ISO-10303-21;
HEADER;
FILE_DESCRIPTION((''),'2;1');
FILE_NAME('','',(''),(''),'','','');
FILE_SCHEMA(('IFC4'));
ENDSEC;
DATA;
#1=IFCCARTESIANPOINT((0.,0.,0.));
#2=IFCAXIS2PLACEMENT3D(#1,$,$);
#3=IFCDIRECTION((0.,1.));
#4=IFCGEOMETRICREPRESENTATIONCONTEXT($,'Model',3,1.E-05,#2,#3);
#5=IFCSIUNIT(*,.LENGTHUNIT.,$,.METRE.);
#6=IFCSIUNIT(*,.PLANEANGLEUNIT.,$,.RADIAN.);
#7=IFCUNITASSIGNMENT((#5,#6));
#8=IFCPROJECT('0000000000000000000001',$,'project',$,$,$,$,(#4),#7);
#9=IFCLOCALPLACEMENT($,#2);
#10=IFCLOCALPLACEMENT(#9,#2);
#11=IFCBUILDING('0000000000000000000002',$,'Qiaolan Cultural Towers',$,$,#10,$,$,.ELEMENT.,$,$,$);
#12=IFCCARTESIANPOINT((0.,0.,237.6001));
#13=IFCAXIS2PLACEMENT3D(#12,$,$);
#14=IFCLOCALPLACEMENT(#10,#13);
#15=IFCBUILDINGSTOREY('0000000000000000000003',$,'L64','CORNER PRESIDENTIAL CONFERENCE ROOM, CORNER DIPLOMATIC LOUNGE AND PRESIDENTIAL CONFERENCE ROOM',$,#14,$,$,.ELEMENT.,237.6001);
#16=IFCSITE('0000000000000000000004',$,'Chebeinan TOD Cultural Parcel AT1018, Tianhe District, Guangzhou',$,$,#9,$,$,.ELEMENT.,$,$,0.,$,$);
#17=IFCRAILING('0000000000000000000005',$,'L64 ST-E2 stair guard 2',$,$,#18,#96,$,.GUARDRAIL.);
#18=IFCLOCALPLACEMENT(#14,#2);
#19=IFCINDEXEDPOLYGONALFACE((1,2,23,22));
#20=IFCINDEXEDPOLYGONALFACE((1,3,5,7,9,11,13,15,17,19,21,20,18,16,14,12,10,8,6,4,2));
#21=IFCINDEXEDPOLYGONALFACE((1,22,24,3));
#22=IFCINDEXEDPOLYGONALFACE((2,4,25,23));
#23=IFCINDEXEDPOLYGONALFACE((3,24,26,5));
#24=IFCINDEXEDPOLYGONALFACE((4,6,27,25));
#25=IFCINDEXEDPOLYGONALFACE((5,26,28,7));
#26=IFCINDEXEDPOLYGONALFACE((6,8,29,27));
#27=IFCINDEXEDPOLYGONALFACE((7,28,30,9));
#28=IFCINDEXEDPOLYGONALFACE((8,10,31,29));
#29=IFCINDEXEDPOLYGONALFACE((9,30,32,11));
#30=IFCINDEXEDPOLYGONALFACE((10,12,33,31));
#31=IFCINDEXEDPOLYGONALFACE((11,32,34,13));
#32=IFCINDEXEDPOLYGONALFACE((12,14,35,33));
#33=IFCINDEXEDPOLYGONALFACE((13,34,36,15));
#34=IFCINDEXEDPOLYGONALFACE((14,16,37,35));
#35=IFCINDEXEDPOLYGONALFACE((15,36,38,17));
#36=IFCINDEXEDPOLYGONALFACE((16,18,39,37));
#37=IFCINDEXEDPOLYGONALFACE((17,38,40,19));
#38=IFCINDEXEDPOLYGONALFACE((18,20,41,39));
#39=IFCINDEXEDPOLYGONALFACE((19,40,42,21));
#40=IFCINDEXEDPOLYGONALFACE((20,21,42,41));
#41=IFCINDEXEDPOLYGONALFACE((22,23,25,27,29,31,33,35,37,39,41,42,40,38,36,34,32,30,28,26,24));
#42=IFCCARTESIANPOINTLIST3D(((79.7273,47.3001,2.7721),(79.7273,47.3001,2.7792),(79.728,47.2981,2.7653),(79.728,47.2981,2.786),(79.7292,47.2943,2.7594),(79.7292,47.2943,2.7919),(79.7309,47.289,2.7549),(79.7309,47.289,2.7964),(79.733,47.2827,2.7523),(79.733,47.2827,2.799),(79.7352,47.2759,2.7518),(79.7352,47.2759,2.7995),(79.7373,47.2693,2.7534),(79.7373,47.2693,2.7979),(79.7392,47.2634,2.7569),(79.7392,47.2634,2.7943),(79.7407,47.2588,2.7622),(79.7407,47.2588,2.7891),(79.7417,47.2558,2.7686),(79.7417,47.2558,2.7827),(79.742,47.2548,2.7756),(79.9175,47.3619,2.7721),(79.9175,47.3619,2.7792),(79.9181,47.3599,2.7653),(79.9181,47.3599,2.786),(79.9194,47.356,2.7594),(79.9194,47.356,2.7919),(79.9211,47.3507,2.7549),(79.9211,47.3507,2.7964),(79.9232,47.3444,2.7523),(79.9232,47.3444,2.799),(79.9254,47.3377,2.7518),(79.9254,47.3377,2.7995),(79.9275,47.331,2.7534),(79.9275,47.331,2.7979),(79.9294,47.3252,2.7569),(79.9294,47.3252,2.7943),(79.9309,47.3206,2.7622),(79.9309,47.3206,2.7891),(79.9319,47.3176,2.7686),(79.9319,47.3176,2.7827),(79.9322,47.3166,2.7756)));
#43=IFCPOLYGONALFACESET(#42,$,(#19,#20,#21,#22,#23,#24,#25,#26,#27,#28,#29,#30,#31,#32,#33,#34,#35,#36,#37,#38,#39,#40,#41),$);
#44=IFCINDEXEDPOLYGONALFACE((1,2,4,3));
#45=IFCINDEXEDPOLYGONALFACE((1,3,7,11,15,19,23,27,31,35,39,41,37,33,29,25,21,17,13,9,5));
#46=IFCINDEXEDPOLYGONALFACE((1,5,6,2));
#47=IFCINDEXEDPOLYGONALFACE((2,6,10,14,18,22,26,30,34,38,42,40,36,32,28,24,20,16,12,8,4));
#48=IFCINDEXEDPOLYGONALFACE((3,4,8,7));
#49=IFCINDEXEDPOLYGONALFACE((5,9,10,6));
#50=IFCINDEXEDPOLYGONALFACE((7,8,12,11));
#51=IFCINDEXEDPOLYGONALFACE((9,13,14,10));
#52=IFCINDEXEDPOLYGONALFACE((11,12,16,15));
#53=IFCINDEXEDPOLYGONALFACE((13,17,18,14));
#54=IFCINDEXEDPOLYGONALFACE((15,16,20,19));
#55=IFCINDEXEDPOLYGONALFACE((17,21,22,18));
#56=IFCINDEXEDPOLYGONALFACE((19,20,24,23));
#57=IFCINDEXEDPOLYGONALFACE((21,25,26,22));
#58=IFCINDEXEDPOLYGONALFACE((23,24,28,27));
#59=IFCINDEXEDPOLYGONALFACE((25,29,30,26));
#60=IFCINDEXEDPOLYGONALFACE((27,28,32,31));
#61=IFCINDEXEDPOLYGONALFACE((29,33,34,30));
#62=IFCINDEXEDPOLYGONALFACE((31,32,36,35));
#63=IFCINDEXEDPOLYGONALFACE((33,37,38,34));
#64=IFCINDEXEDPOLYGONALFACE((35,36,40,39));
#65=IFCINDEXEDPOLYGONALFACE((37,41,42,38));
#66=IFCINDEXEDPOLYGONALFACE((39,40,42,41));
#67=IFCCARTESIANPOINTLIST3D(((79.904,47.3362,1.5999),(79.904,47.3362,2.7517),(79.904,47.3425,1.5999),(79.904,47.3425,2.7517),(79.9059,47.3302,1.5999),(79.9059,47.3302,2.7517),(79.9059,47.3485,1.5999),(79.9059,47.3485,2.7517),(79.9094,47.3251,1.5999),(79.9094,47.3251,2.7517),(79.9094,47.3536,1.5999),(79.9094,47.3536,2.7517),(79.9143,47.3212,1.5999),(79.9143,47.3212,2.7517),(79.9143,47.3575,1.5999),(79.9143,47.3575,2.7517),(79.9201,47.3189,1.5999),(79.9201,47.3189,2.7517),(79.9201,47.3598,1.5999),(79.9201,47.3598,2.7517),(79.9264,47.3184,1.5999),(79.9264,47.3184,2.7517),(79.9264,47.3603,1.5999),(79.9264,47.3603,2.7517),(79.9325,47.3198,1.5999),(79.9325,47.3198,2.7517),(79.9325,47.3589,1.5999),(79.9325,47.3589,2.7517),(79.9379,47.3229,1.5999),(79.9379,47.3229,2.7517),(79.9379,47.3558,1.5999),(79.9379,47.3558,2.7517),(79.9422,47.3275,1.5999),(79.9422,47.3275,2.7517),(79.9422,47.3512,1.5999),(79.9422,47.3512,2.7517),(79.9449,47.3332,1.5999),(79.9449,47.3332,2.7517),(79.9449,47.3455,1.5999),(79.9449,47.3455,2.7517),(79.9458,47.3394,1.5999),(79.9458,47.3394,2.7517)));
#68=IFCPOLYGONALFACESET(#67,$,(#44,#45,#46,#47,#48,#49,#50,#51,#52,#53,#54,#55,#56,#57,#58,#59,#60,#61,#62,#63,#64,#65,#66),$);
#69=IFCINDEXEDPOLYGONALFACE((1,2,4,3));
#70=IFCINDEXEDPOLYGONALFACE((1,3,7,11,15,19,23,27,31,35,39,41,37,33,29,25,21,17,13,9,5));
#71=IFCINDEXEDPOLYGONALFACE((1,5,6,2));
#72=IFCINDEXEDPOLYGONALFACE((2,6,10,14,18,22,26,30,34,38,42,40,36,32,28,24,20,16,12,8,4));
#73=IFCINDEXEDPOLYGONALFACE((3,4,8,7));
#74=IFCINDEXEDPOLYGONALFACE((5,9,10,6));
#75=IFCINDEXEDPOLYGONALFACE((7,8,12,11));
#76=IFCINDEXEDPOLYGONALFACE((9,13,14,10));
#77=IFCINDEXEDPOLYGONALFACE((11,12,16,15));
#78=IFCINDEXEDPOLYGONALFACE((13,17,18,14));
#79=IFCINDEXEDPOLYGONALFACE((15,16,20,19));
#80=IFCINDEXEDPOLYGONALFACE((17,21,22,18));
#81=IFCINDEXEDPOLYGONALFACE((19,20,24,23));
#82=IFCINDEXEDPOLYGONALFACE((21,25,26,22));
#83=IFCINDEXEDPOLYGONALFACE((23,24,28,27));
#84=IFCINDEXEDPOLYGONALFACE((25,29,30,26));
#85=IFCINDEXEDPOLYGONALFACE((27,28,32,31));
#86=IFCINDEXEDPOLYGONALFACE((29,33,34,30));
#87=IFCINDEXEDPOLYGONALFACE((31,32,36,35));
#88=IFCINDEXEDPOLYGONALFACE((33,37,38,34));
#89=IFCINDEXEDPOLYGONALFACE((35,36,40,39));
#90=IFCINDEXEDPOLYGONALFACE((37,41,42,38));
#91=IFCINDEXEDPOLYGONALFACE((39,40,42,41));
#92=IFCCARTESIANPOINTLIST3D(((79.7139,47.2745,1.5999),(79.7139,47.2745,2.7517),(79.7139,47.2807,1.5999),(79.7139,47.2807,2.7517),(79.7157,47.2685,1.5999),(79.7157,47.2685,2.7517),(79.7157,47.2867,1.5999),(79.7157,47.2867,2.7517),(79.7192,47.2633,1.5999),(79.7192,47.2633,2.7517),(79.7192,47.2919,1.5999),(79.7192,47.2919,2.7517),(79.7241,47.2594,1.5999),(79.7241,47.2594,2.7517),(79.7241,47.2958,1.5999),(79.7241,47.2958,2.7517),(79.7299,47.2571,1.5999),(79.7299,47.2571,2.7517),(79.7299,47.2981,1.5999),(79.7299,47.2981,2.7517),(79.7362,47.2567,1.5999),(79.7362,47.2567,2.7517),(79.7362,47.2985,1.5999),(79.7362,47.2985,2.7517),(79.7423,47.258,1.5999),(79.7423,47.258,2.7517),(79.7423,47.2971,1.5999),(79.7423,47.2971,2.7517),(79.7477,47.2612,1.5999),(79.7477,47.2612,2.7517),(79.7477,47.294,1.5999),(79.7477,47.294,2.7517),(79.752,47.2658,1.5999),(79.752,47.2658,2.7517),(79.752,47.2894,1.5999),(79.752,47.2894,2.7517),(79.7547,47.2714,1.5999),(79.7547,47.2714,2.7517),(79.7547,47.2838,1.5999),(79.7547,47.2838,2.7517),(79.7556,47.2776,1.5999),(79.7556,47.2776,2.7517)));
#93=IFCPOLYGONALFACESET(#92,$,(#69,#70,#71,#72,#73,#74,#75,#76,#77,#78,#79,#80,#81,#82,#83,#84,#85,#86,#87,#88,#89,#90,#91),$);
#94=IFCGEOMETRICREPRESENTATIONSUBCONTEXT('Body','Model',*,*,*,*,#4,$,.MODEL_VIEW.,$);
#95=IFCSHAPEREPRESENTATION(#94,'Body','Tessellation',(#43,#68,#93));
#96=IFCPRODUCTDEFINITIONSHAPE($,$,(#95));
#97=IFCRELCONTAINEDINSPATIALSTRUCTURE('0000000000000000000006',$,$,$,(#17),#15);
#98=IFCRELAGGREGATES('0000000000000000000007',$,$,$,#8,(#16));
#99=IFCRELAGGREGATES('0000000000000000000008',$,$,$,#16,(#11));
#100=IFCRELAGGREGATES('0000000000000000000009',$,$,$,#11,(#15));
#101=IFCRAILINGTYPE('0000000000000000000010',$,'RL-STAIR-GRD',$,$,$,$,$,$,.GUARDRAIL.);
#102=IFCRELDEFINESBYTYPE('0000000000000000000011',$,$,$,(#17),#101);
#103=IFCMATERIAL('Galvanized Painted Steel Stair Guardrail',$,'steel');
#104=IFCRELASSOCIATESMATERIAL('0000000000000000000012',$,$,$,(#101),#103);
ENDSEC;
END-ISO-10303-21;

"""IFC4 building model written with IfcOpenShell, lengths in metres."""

from ifc_helpers import new_model, si_unit, direction, frame, origin, origin_2d, place, context, subcontext, project, spatial, circle, extrude, material, type_object, element, save


model = new_model("IFC4")

# Units and contexts
model_context = context("Model", 3, precision=1e-05, world=origin(), true_north=direction((0.0, 1.0)))
body_context = subcontext(model_context, "Body", "Model", "MODEL_VIEW")
ifc_project = project(units=[si_unit("LENGTHUNIT", "METRE"), si_unit("PLANEANGLEUNIT", "RADIAN")], contexts=[model_context])

# Site, building, storey
site_placement = place(None, origin())
site = spatial("IfcSite", under=ifc_project, at=site_placement, Name="Chebeinan TOD Cultural Parcel AT1018, Tianhe District, Guangzhou", CompositionType="ELEMENT", RefElevation=0.0)
building_placement = place(site_placement, origin())
building = spatial("IfcBuilding", under=site, at=building_placement, Name="Qiaolan Cultural Towers", CompositionType="ELEMENT")
storey_placement = place(building_placement, frame((0.0, 0.0, 237.6001)))
storey = spatial("IfcBuildingStorey", under=building, at=storey_placement, Name="L64", Description="CORNER PRESIDENTIAL CONFERENCE ROOM, CORNER DIPLOMATIC LOUNGE AND PRESIDENTIAL CONFERENCE ROOM", CompositionType="ELEMENT", Elevation=237.6001)

# Railing
ifc_material_1 = material(Name="Galvanized Painted Steel Stair Guardrail", Category="steel")
railing_type_1 = type_object("IfcRailingType", Name="RL-STAIR-GRD", PredefinedType="GUARDRAIL", material=ifc_material_1)
railing_1_placement = place(storey_placement, frame((79.9248, 47.3394, 1.5999)))
element("IfcRailing", 1, at=railing_1_placement, inside=storey, type_object=railing_type_1, Name="L64 ST-E2 stair guard 2", PredefinedType="GUARDRAIL", context=body_context, shape_type="SweptSolid", body=[
    extrude(circle(Radius=0.0239, at=origin_2d()), frame((0.0, 0.0, 1.1758), z_axis=(-0.951097, -0.308893, 0.0), x_axis=(0.308893, -0.951097, 0.0)), (0.0, 0.0, 1.0), 0.2),
    extrude(circle(Radius=0.021, at=origin_2d()), origin(), (0.0, 0.0, 1.0), 1.1519),
    extrude(circle(Radius=0.021, at=origin_2d()), frame((-0.1902, -0.0618, 0.0)), (0.0, 0.0, 1.0), 1.1519),
])

save(model, "model.ifc")
